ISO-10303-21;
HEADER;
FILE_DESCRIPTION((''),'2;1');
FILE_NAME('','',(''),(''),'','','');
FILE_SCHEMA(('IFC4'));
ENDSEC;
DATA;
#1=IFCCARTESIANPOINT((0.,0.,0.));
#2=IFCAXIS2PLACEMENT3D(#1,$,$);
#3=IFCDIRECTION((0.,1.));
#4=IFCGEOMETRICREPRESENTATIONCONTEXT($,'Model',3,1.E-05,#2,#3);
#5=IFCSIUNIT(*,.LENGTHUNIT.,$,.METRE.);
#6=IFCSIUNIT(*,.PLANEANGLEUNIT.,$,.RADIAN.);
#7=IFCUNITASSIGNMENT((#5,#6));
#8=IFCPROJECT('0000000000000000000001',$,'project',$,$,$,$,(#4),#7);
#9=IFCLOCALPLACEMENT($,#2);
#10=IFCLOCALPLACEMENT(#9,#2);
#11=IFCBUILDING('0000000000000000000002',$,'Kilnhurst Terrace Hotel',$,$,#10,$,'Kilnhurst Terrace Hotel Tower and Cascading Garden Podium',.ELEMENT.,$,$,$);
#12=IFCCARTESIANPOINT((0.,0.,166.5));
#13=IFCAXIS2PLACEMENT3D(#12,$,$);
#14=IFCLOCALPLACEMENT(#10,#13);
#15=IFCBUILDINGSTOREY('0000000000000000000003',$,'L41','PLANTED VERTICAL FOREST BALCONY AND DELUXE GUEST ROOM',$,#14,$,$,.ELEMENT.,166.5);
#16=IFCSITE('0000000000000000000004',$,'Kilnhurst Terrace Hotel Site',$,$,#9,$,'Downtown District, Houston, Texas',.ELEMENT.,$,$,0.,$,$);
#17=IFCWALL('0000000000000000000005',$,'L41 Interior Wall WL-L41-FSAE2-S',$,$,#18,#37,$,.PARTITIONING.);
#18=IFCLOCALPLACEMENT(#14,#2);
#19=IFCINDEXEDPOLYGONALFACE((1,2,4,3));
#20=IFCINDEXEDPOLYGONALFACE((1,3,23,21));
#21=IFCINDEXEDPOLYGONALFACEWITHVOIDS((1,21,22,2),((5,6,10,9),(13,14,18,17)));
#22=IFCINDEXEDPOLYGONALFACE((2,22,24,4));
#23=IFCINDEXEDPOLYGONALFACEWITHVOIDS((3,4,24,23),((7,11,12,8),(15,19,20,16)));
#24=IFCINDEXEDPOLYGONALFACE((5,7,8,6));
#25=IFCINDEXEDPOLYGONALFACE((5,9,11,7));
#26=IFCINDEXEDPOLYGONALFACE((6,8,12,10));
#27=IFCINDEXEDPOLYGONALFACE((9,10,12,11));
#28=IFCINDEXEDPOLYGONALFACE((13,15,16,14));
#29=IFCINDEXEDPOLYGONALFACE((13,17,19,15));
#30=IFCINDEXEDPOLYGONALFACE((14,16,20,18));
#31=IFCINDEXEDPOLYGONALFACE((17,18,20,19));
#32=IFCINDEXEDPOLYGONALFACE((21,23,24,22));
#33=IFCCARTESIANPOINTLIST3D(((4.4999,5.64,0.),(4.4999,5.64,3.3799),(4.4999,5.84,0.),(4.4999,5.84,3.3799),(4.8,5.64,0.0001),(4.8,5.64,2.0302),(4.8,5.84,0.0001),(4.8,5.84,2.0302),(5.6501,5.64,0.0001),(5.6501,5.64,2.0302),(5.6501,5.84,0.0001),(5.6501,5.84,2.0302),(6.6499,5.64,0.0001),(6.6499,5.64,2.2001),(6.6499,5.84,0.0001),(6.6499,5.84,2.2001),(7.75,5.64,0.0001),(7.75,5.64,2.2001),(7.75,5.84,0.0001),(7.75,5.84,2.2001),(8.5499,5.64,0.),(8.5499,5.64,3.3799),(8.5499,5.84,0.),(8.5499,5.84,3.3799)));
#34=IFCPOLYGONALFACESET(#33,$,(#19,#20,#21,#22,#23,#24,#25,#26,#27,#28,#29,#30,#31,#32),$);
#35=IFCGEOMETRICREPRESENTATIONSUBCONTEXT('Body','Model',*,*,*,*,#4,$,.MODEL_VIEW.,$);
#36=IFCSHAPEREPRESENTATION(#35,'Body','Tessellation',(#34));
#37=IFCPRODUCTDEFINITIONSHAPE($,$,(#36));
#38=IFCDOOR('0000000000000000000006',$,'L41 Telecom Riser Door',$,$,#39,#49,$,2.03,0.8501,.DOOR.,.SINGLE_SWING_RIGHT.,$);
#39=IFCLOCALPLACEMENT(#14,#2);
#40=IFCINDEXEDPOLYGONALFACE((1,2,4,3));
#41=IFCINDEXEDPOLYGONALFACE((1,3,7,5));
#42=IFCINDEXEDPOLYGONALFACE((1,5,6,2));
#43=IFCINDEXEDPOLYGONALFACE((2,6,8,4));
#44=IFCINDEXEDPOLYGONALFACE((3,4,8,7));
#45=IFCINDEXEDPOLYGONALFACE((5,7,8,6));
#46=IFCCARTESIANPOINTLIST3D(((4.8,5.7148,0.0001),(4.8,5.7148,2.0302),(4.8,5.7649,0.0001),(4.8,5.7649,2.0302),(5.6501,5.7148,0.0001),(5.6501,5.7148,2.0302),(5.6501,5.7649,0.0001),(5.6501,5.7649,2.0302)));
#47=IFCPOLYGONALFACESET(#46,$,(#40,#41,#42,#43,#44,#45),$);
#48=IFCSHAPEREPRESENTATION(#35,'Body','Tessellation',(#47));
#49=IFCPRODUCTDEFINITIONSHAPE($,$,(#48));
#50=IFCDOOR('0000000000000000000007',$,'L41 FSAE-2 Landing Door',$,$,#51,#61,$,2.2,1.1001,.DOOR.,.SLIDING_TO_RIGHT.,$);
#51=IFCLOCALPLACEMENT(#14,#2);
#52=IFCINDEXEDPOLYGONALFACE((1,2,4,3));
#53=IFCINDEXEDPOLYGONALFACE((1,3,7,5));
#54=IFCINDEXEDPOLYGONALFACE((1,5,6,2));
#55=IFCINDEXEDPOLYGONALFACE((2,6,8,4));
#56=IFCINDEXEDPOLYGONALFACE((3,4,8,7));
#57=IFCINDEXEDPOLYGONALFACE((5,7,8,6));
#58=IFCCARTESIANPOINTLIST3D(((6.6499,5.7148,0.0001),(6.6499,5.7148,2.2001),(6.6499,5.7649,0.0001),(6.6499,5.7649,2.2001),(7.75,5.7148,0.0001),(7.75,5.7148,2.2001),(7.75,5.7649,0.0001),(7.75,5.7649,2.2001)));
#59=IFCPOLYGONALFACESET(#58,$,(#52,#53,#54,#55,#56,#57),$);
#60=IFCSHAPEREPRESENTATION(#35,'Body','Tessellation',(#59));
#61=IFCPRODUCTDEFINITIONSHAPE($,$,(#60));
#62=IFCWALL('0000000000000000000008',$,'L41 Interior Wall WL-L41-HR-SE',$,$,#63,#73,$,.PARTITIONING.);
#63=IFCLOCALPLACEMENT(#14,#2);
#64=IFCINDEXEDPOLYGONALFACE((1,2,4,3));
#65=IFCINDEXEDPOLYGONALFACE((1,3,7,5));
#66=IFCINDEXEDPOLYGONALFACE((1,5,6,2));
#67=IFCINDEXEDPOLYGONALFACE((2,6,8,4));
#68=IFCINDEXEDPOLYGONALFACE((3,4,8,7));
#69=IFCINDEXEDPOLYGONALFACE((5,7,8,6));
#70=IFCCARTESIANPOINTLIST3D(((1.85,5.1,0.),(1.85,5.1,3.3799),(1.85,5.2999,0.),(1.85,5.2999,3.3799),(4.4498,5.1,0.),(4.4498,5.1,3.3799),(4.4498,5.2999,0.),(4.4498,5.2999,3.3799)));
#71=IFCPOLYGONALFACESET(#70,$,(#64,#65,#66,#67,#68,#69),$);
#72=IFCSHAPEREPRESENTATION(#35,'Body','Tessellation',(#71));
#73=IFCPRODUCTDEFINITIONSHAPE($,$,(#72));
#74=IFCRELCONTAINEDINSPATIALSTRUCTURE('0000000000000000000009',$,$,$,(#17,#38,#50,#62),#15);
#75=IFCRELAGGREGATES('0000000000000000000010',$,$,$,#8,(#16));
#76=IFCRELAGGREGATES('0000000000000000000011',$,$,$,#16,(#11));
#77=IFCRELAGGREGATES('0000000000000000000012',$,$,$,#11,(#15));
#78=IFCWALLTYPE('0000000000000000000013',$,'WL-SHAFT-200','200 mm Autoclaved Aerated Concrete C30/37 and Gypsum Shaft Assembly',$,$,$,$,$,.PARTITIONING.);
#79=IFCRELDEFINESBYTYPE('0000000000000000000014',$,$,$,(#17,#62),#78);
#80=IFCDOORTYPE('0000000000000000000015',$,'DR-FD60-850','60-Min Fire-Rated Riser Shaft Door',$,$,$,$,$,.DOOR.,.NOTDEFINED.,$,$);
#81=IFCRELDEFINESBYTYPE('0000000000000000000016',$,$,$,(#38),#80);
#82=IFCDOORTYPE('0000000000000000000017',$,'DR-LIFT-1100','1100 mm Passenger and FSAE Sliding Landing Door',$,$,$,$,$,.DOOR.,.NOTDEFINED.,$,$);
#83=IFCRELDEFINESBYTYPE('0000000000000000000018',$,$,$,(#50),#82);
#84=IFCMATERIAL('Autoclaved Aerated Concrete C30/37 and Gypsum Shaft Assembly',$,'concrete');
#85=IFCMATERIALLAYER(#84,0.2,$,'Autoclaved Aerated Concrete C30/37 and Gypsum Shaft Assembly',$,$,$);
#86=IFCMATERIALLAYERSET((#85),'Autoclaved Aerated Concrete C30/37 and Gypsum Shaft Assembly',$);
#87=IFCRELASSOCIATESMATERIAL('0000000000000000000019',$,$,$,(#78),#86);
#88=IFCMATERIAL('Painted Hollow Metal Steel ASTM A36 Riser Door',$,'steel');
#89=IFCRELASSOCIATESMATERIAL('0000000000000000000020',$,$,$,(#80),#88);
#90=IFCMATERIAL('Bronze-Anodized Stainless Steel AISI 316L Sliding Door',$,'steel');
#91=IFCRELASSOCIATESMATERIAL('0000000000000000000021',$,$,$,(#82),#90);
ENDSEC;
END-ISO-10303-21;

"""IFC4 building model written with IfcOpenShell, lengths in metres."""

from ifc_helpers import new_model, si_unit, direction, frame, frame_2d, origin, place, context, subcontext, project, spatial, rectangle, extrude, material, layer, layer_set, type_object, element, fill, save


model = new_model("IFC4")

# Units and contexts
model_context = context("Model", 3, precision=1e-05, world=origin(), true_north=direction((0.0, 1.0)))
body_context = subcontext(model_context, "Body", "Model", "MODEL_VIEW")
ifc_project = project(units=[si_unit("LENGTHUNIT", "METRE"), si_unit("PLANEANGLEUNIT", "RADIAN")], contexts=[model_context])

# Site, building, storey
site_placement = place(None, origin())
site = spatial("IfcSite", under=ifc_project, at=site_placement, Name="Kilnhurst Terrace Hotel Site", LongName="Downtown District, Houston, Texas", CompositionType="ELEMENT", RefElevation=0.0)
building_placement = place(site_placement, origin())
building = spatial("IfcBuilding", under=site, at=building_placement, Name="Kilnhurst Terrace Hotel", LongName="Kilnhurst Terrace Hotel Tower and Cascading Garden Podium", CompositionType="ELEMENT")
storey_placement = place(building_placement, frame((0.0, 0.0, 166.5)))
storey = spatial("IfcBuildingStorey", under=building, at=storey_placement, Name="L41", Description="PLANTED VERTICAL FOREST BALCONY AND DELUXE GUEST ROOM", CompositionType="ELEMENT", Elevation=166.5)

# Wall, openings, doors
ifc_material_1 = material(Name="Autoclaved Aerated Concrete C30/37 and Gypsum Shaft Assembly", Category="concrete")
ifc_layer_1 = layer(ifc_material_1, 0.2, Name="Autoclaved Aerated Concrete C30/37 and Gypsum Shaft Assembly")
ifc_layer_set_1 = layer_set([ifc_layer_1], Name="Autoclaved Aerated Concrete C30/37 and Gypsum Shaft Assembly")
wall_type_1 = type_object("IfcWallType", Name="WL-SHAFT-200", Description="200 mm Autoclaved Aerated Concrete C30/37 and Gypsum Shaft Assembly", PredefinedType="PARTITIONING", material=ifc_layer_set_1)
wall_1_placement = place(storey_placement, frame((4.5, 5.74, 0.0), z_axis=(0.0, 0.0, 1.0), x_axis=(1.0, 0.0, 0.0)))
wall_1 = element("IfcWall", 1, at=wall_1_placement, inside=storey, type_object=wall_type_1, Name="L41 Interior Wall WL-L41-FSAE2-S", PredefinedType="PARTITIONING", context=body_context, shape_type="SweptSolid", body=[
    extrude(rectangle(XDim=4.05, YDim=0.2, at=frame_2d((2.0249, 0.0))), origin(), (0.0, 0.0, 1.0), 3.3799),
])
opening_1_placement = place(wall_1_placement, frame((0.3, 0.0, 0.0)))
opening_1 = element("IfcOpeningElement", 2, at=opening_1_placement, cuts=wall_1, PredefinedType="OPENING", context=body_context, shape_type="SweptSolid", body=[
    extrude(rectangle(XDim=0.8501, YDim=2.03, at=frame_2d((0.425, 1.0151))), frame((0.0, 0.1099, 0.0), z_axis=(0.0, -1.0, 0.0), x_axis=(1.0, 0.0, 0.0)), (0.0, 0.0, 1.0), 0.22),
])
opening_2_placement = place(wall_1_placement, frame((2.1499, 0.0, 0.0)))
opening_2 = element("IfcOpeningElement", 3, at=opening_2_placement, cuts=wall_1, PredefinedType="OPENING", context=body_context, shape_type="SweptSolid", body=[
    extrude(rectangle(XDim=1.1001, YDim=2.2, at=frame_2d((0.55, 1.1001))), frame((0.0, 0.1099, 0.0), z_axis=(0.0, -1.0, 0.0), x_axis=(1.0, 0.0, 0.0)), (0.0, 0.0, 1.0), 0.22),
])
ifc_material_2 = material(Name="Painted Hollow Metal Steel ASTM A36 Riser Door", Category="steel")
door_type_1 = type_object("IfcDoorType", Name="DR-FD60-850", Description="60-Min Fire-Rated Riser Shaft Door", OperationType="NOTDEFINED", PredefinedType="DOOR", material=ifc_material_2)
door_1_placement = place(opening_1_placement, origin())
door_1 = element("IfcDoor", 4, at=door_1_placement, inside=storey, type_object=door_type_1, Name="L41 Telecom Riser Door", OperationType="SINGLE_SWING_RIGHT", OverallHeight=2.03, OverallWidth=0.8501, PredefinedType="DOOR", context=body_context, shape_type="SweptSolid", body=[
    extrude(rectangle(XDim=0.8501, YDim=2.03, at=frame_2d((0.425, 1.0151))), frame((0.0, 0.0249, 0.0), z_axis=(0.0, -1.0, 0.0), x_axis=(1.0, 0.0, 0.0)), (0.0, 0.0, 1.0), 0.05),
])
fill(opening_1, door_1)
ifc_material_3 = material(Name="Bronze-Anodized Stainless Steel AISI 316L Sliding Door", Category="steel")
door_type_2 = type_object("IfcDoorType", Name="DR-LIFT-1100", Description="1100 mm Passenger and FSAE Sliding Landing Door", OperationType="NOTDEFINED", PredefinedType="DOOR", material=ifc_material_3)
door_2_placement = place(opening_2_placement, origin())
door_2 = element("IfcDoor", 5, at=door_2_placement, inside=storey, type_object=door_type_2, Name="L41 FSAE-2 Landing Door", OperationType="SLIDING_TO_RIGHT", OverallHeight=2.2, OverallWidth=1.1001, PredefinedType="DOOR", context=body_context, shape_type="SweptSolid", body=[
    extrude(rectangle(XDim=1.1001, YDim=2.2, at=frame_2d((0.55, 1.1001))), frame((0.0, 0.0249, 0.0), z_axis=(0.0, -1.0, 0.0), x_axis=(1.0, 0.0, 0.0)), (0.0, 0.0, 1.0), 0.05),
])
fill(opening_2, door_2)

# Wall
wall_2_placement = place(storey_placement, frame((1.8501, 5.2, 0.0), z_axis=(0.0, 0.0, 1.0), x_axis=(1.0, 0.0, 0.0)))
element("IfcWall", 6, at=wall_2_placement, inside=storey, type_object=wall_type_1, Name="L41 Interior Wall WL-L41-HR-SE", PredefinedType="PARTITIONING", context=body_context, shape_type="SweptSolid", body=[
    extrude(rectangle(XDim=2.5999, YDim=0.2, at=frame_2d((1.2998, 0.0))), origin(), (0.0, 0.0, 1.0), 3.3799),
])

save(model, "model.ifc")
